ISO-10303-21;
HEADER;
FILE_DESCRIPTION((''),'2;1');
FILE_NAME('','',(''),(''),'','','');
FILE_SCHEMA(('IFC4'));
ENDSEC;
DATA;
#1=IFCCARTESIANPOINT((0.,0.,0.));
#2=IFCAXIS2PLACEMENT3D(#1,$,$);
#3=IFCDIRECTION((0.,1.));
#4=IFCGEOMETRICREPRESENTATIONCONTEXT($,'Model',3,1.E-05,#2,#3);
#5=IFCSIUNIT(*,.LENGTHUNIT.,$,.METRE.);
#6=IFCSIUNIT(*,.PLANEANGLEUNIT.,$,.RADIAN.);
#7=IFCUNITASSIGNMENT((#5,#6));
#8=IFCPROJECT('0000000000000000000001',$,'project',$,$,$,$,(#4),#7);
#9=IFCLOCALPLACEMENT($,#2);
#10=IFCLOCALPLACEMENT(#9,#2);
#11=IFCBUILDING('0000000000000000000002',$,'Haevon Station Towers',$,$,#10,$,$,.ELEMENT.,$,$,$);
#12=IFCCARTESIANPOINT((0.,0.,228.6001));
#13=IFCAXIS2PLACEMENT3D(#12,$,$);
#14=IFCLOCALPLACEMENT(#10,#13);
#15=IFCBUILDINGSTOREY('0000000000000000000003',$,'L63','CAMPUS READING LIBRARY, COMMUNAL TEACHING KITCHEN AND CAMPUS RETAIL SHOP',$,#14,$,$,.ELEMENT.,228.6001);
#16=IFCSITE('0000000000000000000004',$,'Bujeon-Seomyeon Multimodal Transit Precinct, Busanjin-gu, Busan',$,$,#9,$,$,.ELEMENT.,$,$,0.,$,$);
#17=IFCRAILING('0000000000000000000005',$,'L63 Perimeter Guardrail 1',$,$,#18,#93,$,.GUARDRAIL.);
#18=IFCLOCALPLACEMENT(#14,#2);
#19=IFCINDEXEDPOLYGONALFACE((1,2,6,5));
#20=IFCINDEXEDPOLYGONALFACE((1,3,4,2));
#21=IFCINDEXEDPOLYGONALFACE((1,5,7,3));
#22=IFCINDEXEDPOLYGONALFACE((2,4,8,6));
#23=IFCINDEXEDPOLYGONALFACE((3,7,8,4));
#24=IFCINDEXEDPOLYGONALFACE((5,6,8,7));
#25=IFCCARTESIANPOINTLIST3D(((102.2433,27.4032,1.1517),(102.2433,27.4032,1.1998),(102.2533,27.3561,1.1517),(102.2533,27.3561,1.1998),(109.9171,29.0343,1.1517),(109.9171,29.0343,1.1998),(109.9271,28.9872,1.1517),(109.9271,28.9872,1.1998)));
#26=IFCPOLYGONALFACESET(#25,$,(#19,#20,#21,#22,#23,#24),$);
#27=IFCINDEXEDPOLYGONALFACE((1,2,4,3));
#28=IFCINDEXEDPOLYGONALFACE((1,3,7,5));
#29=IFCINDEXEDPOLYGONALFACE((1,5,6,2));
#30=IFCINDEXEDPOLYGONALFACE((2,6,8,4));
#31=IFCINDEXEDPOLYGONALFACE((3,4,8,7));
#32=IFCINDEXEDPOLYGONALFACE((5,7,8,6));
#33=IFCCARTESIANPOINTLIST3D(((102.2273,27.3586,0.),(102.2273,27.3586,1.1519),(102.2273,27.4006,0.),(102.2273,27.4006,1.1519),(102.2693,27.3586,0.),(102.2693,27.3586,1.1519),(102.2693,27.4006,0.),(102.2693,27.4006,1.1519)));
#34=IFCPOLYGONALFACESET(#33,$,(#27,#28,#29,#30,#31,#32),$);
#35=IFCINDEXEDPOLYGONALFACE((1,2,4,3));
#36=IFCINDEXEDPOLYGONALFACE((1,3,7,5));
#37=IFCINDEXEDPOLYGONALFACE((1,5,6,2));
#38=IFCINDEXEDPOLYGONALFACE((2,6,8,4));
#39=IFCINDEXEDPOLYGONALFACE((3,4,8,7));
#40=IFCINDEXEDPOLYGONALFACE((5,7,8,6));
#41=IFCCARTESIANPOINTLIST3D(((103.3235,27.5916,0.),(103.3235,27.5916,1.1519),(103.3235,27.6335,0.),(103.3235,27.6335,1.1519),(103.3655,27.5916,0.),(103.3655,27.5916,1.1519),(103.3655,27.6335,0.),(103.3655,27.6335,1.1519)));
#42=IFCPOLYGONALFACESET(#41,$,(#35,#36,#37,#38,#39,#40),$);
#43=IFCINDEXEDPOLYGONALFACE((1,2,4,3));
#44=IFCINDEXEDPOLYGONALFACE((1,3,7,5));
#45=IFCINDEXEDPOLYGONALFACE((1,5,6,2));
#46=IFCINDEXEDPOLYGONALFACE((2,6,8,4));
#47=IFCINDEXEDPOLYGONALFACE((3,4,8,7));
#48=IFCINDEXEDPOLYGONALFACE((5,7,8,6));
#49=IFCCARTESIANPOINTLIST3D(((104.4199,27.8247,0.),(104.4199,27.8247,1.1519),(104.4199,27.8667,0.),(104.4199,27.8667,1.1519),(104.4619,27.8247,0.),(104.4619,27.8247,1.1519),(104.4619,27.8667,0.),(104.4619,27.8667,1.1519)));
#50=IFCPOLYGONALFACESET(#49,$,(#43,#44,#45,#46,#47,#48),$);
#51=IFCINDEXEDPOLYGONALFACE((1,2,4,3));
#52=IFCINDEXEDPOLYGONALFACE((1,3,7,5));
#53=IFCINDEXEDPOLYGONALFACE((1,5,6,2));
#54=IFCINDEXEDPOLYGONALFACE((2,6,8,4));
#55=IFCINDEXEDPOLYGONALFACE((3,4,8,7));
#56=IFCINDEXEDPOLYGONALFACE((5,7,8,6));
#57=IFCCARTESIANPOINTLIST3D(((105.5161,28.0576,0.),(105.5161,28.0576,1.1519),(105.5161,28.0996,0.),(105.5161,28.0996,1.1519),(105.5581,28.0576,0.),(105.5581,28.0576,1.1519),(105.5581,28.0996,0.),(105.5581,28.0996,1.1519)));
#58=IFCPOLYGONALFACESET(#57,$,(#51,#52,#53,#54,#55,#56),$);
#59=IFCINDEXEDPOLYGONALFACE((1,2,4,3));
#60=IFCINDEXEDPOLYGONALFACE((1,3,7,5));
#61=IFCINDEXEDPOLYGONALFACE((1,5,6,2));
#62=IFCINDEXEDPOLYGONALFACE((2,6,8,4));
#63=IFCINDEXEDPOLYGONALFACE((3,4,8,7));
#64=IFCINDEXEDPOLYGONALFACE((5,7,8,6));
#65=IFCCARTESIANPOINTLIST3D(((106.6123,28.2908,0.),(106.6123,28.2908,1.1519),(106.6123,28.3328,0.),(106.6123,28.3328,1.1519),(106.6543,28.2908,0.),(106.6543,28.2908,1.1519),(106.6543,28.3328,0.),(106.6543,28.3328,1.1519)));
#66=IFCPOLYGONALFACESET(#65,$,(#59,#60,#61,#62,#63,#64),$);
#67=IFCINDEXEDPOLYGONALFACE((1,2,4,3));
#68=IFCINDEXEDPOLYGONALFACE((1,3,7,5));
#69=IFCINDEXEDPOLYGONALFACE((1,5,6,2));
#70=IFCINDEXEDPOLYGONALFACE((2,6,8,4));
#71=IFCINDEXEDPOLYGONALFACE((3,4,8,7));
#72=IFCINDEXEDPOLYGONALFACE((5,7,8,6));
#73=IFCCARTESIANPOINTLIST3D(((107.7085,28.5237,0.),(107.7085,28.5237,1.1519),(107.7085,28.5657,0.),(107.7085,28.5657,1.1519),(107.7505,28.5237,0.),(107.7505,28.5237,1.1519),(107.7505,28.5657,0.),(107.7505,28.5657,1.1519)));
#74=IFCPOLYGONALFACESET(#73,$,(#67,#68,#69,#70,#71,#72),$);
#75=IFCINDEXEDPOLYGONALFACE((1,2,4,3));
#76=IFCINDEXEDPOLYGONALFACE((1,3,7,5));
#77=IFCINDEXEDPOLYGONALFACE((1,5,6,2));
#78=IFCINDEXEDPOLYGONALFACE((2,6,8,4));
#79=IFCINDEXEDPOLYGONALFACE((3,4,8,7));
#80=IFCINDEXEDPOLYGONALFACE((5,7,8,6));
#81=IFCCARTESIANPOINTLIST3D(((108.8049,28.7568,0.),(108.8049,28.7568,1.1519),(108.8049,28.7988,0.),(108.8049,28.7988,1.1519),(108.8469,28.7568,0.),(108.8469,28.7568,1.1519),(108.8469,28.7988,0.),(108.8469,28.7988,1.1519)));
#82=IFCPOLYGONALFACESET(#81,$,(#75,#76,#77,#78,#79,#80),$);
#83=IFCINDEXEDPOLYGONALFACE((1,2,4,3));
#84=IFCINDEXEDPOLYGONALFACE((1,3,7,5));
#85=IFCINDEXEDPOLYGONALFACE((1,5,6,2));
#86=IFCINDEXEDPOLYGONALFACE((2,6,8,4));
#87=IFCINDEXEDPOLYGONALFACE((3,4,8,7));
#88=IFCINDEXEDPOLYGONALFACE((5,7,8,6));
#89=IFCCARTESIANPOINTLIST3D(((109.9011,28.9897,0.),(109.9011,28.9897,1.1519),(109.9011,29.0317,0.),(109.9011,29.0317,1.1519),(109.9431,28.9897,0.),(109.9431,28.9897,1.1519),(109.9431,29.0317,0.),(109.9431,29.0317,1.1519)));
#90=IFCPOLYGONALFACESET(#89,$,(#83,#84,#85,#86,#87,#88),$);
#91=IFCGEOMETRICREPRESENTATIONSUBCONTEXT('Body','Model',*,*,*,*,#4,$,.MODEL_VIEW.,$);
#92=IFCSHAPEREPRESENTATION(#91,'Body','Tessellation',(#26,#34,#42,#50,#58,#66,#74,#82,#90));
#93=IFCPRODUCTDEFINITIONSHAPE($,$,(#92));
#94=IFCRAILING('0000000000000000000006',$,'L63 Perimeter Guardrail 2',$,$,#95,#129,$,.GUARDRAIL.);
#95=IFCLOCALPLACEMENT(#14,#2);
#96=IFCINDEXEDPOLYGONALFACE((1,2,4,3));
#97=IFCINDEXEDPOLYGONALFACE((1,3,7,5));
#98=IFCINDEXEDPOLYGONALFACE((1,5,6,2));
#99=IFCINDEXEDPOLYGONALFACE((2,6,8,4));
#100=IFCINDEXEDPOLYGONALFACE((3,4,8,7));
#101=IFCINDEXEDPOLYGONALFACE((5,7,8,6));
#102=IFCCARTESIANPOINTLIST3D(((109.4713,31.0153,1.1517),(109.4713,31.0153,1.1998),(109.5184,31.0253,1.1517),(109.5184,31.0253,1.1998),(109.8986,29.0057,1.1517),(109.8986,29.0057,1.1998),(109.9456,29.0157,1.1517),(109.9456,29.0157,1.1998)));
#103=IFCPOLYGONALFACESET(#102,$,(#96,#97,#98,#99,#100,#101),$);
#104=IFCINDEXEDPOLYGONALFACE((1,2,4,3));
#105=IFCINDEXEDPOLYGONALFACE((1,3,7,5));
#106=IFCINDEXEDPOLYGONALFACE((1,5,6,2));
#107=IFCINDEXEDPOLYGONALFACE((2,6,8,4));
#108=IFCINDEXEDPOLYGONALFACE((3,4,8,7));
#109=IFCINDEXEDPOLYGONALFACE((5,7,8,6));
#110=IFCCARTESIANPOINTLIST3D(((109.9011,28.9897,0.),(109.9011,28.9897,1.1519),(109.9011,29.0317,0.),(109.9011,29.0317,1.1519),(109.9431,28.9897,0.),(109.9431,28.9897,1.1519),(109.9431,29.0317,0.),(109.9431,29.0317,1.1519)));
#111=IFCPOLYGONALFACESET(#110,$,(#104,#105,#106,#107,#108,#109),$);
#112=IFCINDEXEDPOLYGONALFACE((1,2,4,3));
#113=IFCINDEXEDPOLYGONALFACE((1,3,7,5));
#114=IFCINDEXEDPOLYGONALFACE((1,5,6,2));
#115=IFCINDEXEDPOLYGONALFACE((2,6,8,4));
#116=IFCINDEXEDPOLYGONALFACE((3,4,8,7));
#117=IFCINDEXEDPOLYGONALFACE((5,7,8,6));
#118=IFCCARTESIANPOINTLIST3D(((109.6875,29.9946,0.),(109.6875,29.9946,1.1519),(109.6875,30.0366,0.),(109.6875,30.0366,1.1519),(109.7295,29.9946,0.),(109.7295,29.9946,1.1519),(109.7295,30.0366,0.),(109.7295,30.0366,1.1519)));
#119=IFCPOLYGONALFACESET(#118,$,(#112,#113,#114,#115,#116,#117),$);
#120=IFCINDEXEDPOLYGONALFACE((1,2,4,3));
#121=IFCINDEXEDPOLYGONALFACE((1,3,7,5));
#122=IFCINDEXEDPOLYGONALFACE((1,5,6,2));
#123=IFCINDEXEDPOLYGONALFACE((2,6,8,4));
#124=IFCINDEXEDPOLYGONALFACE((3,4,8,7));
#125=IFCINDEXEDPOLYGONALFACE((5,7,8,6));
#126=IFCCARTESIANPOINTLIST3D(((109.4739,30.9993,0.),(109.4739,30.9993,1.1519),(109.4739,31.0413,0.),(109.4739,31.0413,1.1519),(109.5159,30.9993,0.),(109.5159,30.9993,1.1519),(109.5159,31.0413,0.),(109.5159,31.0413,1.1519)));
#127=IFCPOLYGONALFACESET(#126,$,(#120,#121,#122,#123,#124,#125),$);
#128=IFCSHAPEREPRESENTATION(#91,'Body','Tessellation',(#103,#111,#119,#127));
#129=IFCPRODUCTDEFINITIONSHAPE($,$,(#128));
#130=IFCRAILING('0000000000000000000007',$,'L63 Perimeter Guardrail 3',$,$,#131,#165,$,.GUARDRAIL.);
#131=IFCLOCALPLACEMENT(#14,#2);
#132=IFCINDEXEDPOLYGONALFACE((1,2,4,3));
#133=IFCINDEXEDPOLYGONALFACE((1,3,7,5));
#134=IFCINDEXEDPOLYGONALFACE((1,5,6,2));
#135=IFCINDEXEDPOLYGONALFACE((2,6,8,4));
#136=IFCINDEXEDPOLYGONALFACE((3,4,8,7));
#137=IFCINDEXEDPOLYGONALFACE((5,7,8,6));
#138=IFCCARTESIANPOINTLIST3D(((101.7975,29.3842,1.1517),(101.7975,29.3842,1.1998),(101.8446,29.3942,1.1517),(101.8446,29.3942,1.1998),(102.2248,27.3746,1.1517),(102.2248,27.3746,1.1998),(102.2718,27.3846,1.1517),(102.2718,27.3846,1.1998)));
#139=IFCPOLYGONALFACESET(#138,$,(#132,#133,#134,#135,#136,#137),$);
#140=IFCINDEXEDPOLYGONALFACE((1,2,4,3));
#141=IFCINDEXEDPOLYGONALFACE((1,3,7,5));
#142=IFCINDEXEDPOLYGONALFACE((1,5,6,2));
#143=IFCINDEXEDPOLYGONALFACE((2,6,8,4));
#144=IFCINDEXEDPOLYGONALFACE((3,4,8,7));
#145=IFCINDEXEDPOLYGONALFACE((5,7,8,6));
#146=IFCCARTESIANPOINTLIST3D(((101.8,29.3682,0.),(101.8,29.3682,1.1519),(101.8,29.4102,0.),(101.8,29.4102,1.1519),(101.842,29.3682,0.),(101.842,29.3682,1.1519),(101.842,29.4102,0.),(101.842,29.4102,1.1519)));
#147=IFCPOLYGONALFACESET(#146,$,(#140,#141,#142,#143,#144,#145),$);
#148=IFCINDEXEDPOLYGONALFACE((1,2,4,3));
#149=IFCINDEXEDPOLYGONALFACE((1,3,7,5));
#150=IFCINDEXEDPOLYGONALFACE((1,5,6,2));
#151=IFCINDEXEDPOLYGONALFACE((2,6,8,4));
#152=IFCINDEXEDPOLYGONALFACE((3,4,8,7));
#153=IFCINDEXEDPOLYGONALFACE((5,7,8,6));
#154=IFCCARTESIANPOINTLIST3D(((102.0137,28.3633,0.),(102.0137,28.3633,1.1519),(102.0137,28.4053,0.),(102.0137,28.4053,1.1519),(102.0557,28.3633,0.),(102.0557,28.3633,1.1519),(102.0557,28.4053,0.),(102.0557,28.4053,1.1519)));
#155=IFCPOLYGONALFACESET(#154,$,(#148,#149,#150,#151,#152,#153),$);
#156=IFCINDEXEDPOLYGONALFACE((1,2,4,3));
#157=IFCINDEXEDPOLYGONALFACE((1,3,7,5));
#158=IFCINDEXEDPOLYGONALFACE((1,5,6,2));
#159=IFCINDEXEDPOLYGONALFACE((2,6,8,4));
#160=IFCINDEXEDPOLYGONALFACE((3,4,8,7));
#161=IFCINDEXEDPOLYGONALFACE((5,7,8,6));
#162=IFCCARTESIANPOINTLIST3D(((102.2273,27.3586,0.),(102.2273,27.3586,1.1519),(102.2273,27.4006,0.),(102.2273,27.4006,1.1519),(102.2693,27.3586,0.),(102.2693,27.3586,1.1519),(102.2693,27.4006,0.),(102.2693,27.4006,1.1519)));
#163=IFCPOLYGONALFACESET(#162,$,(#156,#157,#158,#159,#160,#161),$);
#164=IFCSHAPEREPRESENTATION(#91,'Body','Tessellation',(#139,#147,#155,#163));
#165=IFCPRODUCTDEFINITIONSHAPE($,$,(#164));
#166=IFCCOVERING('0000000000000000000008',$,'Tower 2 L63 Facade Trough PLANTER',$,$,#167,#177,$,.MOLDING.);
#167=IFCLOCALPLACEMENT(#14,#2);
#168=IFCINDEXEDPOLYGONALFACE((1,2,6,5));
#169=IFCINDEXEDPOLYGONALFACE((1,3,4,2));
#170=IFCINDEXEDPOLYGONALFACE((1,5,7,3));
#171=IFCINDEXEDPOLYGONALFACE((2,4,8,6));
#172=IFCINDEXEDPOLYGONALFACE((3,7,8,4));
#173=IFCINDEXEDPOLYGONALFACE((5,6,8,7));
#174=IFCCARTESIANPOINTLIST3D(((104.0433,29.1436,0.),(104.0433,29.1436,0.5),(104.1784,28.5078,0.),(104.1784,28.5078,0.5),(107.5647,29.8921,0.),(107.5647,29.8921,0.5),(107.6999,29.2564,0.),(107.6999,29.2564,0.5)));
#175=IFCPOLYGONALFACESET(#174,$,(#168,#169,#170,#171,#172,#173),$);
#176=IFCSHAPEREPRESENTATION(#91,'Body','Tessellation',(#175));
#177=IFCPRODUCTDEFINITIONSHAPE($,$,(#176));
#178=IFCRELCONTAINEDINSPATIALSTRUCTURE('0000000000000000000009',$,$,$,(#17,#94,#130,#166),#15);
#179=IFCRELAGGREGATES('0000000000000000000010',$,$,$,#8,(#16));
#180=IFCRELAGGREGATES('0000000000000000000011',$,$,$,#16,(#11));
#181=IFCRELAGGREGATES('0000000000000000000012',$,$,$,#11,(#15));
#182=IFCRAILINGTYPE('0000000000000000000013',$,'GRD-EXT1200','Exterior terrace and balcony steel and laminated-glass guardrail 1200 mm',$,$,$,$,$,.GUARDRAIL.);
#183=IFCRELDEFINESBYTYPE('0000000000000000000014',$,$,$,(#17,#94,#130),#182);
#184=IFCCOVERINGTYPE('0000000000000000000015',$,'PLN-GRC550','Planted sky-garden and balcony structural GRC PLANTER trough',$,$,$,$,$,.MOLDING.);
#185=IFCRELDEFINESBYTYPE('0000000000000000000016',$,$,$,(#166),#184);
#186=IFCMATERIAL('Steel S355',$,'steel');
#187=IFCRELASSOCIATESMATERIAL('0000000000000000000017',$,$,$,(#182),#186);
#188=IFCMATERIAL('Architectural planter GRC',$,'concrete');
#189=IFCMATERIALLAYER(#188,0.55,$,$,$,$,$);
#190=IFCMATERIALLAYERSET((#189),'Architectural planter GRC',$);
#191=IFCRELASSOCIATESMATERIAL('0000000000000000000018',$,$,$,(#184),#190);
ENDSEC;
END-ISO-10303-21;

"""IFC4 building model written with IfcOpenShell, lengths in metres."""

from ifc_helpers import new_model, si_unit, direction, frame, origin, origin_2d, place, context, subcontext, project, spatial, rectangle, extrude, material, layer, layer_set, type_object, element, save


model = new_model("IFC4")

# Units and contexts
model_context = context("Model", 3, precision=1e-05, world=origin(), true_north=direction((0.0, 1.0)))
body_context = subcontext(model_context, "Body", "Model", "MODEL_VIEW")
ifc_project = project(units=[si_unit("LENGTHUNIT", "METRE"), si_unit("PLANEANGLEUNIT", "RADIAN")], contexts=[model_context])

# Site, building, storey
site_placement = place(None, origin())
site = spatial("IfcSite", under=ifc_project, at=site_placement, Name="Bujeon-Seomyeon Multimodal Transit Precinct, Busanjin-gu, Busan", CompositionType="ELEMENT", RefElevation=0.0)
building_placement = place(site_placement, origin())
building = spatial("IfcBuilding", under=site, at=building_placement, Name="Haevon Station Towers", CompositionType="ELEMENT")
storey_placement = place(building_placement, frame((0.0, 0.0, 228.6001)))
storey = spatial("IfcBuildingStorey", under=building, at=storey_placement, Name="L63", Description="CAMPUS READING LIBRARY, COMMUNAL TEACHING KITCHEN AND CAMPUS RETAIL SHOP", CompositionType="ELEMENT", Elevation=228.6001)

# Shared definitions
ifc_material_1 = material(Name="Steel S355", Category="steel")

# Railings
railing_type = type_object("IfcRailingType", Name="GRD-EXT1200", Description="Exterior terrace and balcony steel and laminated-glass guardrail 1200 mm", PredefinedType="GUARDRAIL", material=ifc_material_1)
railing_1_placement = place(storey_placement, frame((102.2483, 27.3796, 0.0)))
element("IfcRailing", 1, at=railing_1_placement, inside=storey, type_object=railing_type, Name="L63 Perimeter Guardrail 1", PredefinedType="GUARDRAIL", context=body_context, shape_type="SweptSolid", body=[
    extrude(rectangle(XDim=0.0481, YDim=0.0481, at=origin_2d()), frame((0.0, 0.0, 1.1758), z_axis=(0.978148, 0.207909, 0.0), x_axis=(-0.207909, 0.978148, 0.0)), (0.0, 0.0, 1.0), 7.8452),
    extrude(rectangle(XDim=0.042, YDim=0.042, at=origin_2d()), origin(), (0.0, 0.0, 1.0), 1.1519),
    extrude(rectangle(XDim=0.042, YDim=0.042, at=origin_2d()), frame((1.0962, 0.2329, 0.0)), (0.0, 0.0, 1.0), 1.1519),
    extrude(rectangle(XDim=0.042, YDim=0.042, at=origin_2d()), frame((2.1926, 0.4661, 0.0)), (0.0, 0.0, 1.0), 1.1519),
    extrude(rectangle(XDim=0.042, YDim=0.042, at=origin_2d()), frame((3.2888, 0.699, 0.0)), (0.0, 0.0, 1.0), 1.1519),
    extrude(rectangle(XDim=0.042, YDim=0.042, at=origin_2d()), frame((4.385, 0.9321, 0.0)), (0.0, 0.0, 1.0), 1.1519),
    extrude(rectangle(XDim=0.042, YDim=0.042, at=origin_2d()), frame((5.4812, 1.165, 0.0)), (0.0, 0.0, 1.0), 1.1519),
    extrude(rectangle(XDim=0.042, YDim=0.042, at=origin_2d()), frame((6.5776, 1.3982, 0.0)), (0.0, 0.0, 1.0), 1.1519),
    extrude(rectangle(XDim=0.042, YDim=0.042, at=origin_2d()), frame((7.6738, 1.6311, 0.0)), (0.0, 0.0, 1.0), 1.1519),
])
railing_2_placement = place(storey_placement, frame((109.9221, 29.0107, 0.0)))
element("IfcRailing", 2, at=railing_2_placement, inside=storey, type_object=railing_type, Name="L63 Perimeter Guardrail 2", PredefinedType="GUARDRAIL", context=body_context, shape_type="SweptSolid", body=[
    extrude(rectangle(XDim=0.0481, YDim=0.0481, at=origin_2d()), frame((0.0, 0.0, 1.1758), z_axis=(-0.207963, 0.978137, 0.0), x_axis=(-0.978137, -0.207963, 0.0)), (0.0, 0.0, 1.0), 2.0544),
    extrude(rectangle(XDim=0.042, YDim=0.042, at=origin_2d()), origin(), (0.0, 0.0, 1.0), 1.1519),
    extrude(rectangle(XDim=0.042, YDim=0.042, at=origin_2d()), frame((-0.2136, 1.0049, 0.0)), (0.0, 0.0, 1.0), 1.1519),
    extrude(rectangle(XDim=0.042, YDim=0.042, at=origin_2d()), frame((-0.4272, 2.0095, 0.0)), (0.0, 0.0, 1.0), 1.1519),
])
railing_3_placement = place(storey_placement, frame((101.821, 29.3892, 0.0)))
element("IfcRailing", 3, at=railing_3_placement, inside=storey, type_object=railing_type, Name="L63 Perimeter Guardrail 3", PredefinedType="GUARDRAIL", context=body_context, shape_type="SweptSolid", body=[
    extrude(rectangle(XDim=0.0481, YDim=0.0481, at=origin_2d()), frame((0.0, 0.0, 1.1758), z_axis=(0.207963, -0.978137, 0.0), x_axis=(0.978137, 0.207963, 0.0)), (0.0, 0.0, 1.0), 2.0544),
    extrude(rectangle(XDim=0.042, YDim=0.042, at=origin_2d()), origin(), (0.0, 0.0, 1.0), 1.1519),
    extrude(rectangle(XDim=0.042, YDim=0.042, at=origin_2d()), frame((0.2136, -1.0049, 0.0)), (0.0, 0.0, 1.0), 1.1519),
    extrude(rectangle(XDim=0.042, YDim=0.042, at=origin_2d()), frame((0.4272, -2.0095, 0.0)), (0.0, 0.0, 1.0), 1.1519),
])

# Covering
ifc_material_2 = material(Name="Architectural planter GRC", Category="concrete")
ifc_layer_1 = layer(ifc_material_2, 0.55)
ifc_layer_set_1 = layer_set([ifc_layer_1], Name="Architectural planter GRC")
covering_type = type_object("IfcCoveringType", Name="PLN-GRC550", Description="Planted sky-garden and balcony structural GRC PLANTER trough", PredefinedType="MOLDING", material=ifc_layer_set_1)
covering_placement = place(storey_placement, frame((105.8716, 29.2, 0.0), z_axis=(0.0, 0.0, 1.0), x_axis=(0.978148, 0.207912, 0.0)))
element("IfcCovering", 4, at=covering_placement, inside=storey, type_object=covering_type, Name="Tower 2 L63 Facade Trough PLANTER", PredefinedType="MOLDING", context=body_context, shape_type="SweptSolid", body=[
    extrude(rectangle(XDim=3.6001, YDim=0.6499, at=origin_2d()), origin(), (0.0, 0.0, 1.0), 0.5),
])

save(model, "model.ifc")
